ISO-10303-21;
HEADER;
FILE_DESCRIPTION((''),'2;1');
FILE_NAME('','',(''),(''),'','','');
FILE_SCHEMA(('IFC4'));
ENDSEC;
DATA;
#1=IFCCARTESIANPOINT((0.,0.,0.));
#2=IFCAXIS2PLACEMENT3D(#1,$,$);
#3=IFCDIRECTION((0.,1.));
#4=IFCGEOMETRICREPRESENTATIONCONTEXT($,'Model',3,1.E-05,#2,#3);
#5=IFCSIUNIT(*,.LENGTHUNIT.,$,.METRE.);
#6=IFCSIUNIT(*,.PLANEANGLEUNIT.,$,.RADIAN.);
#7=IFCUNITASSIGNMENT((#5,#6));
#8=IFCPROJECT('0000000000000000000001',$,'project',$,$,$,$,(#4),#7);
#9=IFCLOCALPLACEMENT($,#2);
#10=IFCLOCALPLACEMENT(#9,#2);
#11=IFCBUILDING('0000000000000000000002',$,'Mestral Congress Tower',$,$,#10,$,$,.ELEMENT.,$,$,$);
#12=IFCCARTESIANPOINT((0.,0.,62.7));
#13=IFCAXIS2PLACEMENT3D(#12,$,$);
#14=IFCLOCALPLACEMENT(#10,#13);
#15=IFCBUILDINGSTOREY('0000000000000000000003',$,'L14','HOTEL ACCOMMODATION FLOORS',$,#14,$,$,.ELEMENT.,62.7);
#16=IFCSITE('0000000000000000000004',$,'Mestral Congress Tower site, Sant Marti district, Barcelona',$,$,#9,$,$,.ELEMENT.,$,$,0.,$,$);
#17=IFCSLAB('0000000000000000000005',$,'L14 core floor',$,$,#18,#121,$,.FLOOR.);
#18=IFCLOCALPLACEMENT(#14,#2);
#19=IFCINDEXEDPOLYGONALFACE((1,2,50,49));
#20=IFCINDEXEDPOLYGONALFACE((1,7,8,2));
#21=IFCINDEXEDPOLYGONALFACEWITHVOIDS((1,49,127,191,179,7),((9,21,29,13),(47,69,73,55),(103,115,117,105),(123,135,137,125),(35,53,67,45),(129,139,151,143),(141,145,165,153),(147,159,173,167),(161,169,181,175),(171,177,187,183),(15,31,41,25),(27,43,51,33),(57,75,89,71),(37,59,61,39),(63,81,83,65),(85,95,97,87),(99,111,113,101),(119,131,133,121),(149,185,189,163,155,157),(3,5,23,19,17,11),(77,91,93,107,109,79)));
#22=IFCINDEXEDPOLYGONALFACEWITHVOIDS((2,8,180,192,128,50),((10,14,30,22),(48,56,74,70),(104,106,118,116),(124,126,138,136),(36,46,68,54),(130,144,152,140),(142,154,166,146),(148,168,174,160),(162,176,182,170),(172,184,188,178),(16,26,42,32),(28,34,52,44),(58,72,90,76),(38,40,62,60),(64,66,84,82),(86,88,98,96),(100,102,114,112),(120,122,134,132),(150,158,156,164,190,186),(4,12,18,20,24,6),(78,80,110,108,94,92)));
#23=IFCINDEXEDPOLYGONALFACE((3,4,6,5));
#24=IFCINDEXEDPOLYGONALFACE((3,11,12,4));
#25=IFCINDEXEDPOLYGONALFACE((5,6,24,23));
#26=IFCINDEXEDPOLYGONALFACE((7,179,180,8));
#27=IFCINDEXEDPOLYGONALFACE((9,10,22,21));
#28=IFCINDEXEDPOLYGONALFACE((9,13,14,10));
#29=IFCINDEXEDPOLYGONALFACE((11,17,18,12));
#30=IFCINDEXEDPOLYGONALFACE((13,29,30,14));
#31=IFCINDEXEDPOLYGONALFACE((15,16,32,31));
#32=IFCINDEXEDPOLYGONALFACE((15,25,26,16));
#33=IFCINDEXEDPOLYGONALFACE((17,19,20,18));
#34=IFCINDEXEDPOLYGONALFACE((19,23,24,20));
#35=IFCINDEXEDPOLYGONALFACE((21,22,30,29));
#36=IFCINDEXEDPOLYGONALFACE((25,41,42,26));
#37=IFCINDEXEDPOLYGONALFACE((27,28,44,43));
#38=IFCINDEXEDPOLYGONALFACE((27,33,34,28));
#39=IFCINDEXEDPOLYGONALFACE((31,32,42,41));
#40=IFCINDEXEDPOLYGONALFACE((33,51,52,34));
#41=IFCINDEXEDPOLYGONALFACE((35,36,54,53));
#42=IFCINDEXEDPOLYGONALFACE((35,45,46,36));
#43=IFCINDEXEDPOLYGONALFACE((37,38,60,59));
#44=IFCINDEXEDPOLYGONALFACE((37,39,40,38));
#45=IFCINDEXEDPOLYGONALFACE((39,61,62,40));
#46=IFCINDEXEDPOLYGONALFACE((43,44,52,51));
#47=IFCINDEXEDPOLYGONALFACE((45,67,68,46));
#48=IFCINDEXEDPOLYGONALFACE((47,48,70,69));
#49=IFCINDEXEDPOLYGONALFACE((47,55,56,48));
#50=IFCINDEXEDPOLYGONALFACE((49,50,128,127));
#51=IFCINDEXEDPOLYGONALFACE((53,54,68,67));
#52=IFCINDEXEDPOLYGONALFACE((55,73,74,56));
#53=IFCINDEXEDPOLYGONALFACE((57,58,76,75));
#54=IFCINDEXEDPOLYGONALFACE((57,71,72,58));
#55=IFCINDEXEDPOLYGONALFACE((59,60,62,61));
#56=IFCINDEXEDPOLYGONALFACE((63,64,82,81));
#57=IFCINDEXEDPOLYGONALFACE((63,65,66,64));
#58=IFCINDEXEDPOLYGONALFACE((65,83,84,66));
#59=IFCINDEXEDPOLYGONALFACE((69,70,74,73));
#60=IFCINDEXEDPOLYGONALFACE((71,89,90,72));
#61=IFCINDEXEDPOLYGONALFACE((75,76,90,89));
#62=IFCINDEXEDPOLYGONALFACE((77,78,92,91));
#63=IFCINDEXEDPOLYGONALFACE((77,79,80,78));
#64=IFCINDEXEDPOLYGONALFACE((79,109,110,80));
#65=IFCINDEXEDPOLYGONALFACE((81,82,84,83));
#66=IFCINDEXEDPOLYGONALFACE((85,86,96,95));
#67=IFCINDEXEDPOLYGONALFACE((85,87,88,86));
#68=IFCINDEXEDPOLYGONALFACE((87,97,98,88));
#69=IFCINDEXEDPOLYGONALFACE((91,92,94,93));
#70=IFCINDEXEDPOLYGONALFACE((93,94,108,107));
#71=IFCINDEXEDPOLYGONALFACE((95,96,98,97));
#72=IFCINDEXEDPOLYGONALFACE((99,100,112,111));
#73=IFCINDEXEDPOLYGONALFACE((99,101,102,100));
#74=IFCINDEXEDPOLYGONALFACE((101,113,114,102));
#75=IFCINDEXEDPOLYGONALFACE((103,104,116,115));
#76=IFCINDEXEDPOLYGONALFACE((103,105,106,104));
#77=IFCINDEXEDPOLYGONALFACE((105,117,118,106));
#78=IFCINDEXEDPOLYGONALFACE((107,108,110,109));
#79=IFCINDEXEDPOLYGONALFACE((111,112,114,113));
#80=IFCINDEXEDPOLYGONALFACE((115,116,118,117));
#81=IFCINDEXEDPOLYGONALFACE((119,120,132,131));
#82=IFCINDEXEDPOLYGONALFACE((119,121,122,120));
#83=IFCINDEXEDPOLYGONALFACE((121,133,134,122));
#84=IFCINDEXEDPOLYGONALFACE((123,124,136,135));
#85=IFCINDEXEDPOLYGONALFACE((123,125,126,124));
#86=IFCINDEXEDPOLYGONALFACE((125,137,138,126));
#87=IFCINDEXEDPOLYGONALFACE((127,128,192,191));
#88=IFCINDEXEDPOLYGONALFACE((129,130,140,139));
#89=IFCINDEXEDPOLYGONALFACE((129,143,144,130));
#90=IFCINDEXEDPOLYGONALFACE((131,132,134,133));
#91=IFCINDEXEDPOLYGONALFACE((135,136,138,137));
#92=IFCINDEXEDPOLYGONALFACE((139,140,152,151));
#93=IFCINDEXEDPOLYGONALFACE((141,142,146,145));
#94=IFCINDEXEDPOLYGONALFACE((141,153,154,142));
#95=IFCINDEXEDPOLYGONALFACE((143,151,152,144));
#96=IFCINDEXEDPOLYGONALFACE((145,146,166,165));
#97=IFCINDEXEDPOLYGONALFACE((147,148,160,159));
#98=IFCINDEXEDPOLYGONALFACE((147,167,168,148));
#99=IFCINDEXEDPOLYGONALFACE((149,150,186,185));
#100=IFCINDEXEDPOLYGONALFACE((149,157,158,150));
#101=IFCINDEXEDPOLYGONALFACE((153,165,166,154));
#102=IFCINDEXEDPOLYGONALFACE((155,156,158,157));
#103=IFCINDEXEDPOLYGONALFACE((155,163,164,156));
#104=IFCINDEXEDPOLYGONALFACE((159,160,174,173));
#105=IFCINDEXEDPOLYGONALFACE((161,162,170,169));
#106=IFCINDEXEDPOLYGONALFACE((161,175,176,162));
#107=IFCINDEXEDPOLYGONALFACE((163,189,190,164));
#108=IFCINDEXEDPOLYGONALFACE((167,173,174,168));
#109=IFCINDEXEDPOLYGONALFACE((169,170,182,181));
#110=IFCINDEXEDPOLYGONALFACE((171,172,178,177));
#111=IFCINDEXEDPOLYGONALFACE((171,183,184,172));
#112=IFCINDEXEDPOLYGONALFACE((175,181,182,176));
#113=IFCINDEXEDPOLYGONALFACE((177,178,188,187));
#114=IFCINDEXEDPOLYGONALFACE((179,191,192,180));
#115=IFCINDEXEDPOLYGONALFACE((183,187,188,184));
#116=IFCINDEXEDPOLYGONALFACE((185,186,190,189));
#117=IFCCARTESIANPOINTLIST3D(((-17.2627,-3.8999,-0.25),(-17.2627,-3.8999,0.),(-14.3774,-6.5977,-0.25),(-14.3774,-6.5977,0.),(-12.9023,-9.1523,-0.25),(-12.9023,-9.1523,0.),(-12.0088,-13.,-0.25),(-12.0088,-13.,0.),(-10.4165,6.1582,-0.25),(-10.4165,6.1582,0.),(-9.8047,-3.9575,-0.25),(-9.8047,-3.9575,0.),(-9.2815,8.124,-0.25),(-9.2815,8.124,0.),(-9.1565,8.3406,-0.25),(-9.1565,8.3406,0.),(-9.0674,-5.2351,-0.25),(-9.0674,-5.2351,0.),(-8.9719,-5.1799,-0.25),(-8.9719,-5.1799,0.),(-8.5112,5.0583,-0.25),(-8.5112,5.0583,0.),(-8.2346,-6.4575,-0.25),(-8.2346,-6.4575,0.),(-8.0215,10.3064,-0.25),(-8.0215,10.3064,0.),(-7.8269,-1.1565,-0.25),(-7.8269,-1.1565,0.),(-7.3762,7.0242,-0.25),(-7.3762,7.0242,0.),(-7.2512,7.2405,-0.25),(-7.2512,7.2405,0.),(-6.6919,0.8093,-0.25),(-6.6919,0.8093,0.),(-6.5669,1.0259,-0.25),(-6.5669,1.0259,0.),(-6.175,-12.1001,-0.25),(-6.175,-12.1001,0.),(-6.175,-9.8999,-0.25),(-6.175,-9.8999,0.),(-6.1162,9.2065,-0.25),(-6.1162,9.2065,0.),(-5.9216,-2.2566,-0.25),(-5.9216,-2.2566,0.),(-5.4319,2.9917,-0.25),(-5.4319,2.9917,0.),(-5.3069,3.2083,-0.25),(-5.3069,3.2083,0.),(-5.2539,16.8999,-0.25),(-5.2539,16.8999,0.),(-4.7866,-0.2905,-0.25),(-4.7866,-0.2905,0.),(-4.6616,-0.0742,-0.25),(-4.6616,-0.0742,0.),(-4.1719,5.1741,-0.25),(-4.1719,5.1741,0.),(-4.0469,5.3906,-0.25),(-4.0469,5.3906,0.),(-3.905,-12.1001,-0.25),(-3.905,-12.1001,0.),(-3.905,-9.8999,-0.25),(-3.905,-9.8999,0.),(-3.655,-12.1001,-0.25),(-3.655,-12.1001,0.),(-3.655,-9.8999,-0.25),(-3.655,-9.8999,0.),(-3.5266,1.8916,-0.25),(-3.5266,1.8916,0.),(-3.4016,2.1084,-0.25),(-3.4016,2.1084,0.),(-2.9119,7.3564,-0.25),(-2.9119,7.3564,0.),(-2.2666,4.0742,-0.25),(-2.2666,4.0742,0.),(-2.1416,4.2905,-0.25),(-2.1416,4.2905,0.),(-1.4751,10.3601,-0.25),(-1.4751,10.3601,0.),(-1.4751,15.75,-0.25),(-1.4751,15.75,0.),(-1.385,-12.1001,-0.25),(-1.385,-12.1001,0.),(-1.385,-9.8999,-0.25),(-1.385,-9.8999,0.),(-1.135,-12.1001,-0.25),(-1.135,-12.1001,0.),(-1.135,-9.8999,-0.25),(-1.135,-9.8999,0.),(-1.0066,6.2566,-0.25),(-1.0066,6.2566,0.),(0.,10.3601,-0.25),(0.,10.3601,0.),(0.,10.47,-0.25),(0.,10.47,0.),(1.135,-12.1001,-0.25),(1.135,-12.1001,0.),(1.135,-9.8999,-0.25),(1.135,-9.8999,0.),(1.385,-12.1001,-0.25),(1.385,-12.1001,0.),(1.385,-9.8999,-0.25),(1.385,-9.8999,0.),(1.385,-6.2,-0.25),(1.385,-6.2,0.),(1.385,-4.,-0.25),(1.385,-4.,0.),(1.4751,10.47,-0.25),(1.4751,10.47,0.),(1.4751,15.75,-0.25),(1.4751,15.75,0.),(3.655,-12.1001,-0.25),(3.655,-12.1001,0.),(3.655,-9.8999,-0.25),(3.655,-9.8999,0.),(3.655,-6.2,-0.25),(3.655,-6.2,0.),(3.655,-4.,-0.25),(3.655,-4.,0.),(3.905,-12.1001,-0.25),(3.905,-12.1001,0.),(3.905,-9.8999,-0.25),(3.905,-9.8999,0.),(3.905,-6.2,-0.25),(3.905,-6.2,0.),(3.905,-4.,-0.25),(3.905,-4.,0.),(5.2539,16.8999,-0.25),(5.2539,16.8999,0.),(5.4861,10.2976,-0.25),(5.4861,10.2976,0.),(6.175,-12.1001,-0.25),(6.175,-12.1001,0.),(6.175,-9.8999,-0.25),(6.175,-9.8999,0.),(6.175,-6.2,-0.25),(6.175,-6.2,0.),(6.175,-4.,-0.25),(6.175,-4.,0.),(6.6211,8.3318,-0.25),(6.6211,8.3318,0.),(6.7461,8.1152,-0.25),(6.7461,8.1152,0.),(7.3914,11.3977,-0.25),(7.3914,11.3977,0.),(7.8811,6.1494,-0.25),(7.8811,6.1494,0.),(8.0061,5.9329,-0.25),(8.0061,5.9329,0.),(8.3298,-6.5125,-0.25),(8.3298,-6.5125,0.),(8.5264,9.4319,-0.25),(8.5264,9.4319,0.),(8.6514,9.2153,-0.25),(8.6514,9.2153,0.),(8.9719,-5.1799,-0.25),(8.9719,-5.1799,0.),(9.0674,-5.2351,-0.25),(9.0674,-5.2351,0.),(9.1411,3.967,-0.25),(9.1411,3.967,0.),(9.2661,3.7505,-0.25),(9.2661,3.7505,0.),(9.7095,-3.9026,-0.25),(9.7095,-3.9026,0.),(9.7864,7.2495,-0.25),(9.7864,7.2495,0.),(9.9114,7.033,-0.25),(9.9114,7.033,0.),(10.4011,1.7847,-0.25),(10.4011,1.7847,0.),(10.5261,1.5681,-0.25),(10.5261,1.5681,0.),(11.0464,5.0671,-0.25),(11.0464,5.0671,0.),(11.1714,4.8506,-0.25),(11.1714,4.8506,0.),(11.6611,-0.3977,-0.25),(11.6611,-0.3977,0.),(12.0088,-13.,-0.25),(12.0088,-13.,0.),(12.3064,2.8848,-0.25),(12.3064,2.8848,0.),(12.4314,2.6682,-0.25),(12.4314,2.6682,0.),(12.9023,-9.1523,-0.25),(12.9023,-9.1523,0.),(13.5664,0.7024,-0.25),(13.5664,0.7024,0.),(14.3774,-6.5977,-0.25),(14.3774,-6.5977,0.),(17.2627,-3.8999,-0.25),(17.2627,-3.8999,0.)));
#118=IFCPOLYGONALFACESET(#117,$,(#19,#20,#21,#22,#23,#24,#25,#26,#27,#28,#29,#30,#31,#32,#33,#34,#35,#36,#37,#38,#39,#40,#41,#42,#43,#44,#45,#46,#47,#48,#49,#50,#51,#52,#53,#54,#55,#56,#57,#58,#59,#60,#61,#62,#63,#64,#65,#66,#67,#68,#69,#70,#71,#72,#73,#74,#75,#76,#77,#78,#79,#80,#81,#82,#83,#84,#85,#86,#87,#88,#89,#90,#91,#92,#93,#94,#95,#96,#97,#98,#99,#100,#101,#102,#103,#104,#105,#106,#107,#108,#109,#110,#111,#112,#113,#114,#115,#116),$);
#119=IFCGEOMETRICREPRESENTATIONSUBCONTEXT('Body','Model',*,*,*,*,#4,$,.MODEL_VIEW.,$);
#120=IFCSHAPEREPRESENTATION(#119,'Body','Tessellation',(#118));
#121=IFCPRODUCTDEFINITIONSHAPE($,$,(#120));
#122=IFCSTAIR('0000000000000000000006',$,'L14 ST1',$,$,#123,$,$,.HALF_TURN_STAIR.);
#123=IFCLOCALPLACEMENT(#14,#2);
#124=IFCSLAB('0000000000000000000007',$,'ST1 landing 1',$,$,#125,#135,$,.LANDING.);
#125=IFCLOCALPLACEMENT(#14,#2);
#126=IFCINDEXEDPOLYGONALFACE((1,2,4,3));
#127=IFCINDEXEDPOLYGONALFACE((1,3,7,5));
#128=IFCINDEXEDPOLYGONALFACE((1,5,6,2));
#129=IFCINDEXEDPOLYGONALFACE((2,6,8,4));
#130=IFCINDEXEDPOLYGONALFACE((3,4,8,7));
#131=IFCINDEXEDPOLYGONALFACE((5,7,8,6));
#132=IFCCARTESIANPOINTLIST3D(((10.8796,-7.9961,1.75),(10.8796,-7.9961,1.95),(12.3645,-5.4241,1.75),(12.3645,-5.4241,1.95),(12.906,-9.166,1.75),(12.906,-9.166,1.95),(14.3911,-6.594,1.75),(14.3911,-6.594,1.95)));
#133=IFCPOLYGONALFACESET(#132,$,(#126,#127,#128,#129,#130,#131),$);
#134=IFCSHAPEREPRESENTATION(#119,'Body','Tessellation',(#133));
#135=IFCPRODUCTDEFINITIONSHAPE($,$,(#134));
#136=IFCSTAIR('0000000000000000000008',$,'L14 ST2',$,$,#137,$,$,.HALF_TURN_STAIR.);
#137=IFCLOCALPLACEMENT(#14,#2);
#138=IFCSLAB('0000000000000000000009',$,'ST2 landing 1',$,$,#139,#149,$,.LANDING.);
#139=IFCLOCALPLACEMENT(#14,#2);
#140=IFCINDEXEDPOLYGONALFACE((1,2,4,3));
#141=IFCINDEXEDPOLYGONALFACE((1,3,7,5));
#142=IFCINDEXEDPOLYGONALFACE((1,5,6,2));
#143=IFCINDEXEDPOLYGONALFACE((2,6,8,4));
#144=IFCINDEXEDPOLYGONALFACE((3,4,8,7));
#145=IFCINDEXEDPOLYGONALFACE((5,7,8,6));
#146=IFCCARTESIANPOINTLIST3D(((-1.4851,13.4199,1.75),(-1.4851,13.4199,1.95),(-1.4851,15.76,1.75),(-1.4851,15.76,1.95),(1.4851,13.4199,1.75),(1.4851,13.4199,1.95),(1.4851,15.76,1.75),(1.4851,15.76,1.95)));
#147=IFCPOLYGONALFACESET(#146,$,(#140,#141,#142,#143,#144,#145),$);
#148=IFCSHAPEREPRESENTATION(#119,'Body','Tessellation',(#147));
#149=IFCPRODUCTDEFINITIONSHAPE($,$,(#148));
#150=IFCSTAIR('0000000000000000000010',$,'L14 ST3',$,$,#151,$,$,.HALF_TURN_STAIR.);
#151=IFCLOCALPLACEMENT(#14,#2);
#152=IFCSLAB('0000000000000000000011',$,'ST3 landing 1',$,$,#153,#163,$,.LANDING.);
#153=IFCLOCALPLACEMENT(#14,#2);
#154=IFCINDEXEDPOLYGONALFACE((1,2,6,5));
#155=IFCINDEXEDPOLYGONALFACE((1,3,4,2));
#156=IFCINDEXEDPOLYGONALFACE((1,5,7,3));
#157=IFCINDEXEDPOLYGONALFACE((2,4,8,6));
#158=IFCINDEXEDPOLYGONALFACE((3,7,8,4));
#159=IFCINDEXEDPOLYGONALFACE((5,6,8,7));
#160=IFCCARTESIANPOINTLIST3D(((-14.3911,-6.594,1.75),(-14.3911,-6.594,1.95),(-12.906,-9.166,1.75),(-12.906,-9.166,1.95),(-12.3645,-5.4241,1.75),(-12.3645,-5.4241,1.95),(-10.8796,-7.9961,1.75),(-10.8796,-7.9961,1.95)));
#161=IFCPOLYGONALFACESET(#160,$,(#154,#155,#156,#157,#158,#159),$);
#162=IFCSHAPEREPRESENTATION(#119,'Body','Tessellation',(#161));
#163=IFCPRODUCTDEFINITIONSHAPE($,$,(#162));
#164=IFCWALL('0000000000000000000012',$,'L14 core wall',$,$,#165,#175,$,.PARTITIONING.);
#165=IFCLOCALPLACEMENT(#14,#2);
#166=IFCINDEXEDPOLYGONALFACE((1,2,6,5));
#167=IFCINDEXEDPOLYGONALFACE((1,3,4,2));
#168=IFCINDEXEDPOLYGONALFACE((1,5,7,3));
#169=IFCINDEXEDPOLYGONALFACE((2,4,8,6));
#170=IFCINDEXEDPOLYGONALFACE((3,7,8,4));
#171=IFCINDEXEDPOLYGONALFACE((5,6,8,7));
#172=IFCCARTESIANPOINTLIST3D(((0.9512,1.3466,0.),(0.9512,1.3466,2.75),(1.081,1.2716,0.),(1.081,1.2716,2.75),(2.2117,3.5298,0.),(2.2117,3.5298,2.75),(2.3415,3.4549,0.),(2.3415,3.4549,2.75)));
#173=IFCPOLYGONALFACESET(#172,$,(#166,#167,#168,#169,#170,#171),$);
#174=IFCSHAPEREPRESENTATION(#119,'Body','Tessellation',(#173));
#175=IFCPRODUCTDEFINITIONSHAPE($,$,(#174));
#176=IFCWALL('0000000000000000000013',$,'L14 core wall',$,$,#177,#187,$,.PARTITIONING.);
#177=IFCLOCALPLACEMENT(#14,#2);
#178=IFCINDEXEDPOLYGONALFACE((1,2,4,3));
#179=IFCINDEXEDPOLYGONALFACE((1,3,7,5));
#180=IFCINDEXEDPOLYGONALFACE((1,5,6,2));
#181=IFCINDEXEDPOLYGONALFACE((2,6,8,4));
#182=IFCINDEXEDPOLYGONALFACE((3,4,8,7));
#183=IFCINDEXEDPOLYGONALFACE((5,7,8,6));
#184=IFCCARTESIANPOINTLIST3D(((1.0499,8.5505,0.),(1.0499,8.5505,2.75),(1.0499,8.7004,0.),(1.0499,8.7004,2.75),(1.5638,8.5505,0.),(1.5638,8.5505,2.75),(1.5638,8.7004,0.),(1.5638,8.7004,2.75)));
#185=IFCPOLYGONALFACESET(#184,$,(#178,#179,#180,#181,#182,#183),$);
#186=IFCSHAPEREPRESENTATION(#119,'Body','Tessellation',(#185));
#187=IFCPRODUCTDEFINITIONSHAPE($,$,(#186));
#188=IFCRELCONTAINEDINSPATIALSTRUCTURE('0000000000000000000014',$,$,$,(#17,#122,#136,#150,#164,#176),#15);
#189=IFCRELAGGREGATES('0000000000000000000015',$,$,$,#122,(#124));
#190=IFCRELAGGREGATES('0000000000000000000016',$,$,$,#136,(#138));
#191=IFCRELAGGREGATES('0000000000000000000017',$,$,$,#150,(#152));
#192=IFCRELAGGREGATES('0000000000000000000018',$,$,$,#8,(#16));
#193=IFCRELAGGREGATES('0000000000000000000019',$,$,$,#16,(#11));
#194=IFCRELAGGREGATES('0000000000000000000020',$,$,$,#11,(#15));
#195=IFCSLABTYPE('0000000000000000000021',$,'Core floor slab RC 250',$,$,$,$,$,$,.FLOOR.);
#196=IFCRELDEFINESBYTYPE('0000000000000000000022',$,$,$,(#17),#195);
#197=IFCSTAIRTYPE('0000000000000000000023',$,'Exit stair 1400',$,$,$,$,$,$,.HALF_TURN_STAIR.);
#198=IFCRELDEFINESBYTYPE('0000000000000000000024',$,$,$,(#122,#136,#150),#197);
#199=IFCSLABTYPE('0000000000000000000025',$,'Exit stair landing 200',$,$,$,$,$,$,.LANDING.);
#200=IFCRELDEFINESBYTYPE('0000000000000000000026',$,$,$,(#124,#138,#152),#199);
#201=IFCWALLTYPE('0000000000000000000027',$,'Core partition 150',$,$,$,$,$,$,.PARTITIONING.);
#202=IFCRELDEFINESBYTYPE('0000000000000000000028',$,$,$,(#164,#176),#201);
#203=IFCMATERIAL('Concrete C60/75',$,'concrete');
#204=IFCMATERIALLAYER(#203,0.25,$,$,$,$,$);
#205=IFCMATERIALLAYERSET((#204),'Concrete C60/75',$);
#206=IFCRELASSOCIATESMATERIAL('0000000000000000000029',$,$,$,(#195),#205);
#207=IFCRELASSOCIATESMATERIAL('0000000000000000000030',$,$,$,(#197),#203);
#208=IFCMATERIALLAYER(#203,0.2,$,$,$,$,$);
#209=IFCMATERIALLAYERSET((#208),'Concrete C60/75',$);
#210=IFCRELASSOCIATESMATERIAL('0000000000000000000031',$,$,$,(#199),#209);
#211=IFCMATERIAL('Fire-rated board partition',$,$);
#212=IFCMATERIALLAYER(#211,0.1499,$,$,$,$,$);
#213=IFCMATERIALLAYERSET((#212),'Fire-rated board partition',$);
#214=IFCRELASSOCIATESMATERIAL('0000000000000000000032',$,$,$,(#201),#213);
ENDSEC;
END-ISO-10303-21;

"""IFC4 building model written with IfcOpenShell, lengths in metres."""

from ifc_helpers import new_model, si_unit, direction, frame, frame_2d, origin, place, context, subcontext, project, spatial, polyline, rectangle, outline, extrude, material, layer, layer_set, type_object, element, aggregate, save


model = new_model("IFC4")

# Units and contexts
model_context = context("Model", 3, precision=1e-05, world=origin(), true_north=direction((0.0, 1.0)))
body_context = subcontext(model_context, "Body", "Model", "MODEL_VIEW")
ifc_project = project(units=[si_unit("LENGTHUNIT", "METRE"), si_unit("PLANEANGLEUNIT", "RADIAN")], contexts=[model_context])

# Site, building, storey
site_placement = place(None, origin())
site = spatial("IfcSite", under=ifc_project, at=site_placement, Name="Mestral Congress Tower site, Sant Marti district, Barcelona", CompositionType="ELEMENT", RefElevation=0.0)
building_placement = place(site_placement, origin())
building = spatial("IfcBuilding", under=site, at=building_placement, Name="Mestral Congress Tower", CompositionType="ELEMENT")
storey_placement = place(building_placement, frame((0.0, 0.0, 62.7)))
storey = spatial("IfcBuildingStorey", under=building, at=storey_placement, Name="L14", Description="HOTEL ACCOMMODATION FLOORS", CompositionType="ELEMENT", Elevation=62.7)

# Slab
ifc_material_1 = material(Name="Concrete C60/75", Category="concrete")
ifc_layer_1 = layer(ifc_material_1, 0.25)
ifc_layer_set_1 = layer_set([ifc_layer_1], Name="Concrete C60/75")
slab_type_1 = type_object("IfcSlabType", Name="Core floor slab RC 250", PredefinedType="FLOOR", material=ifc_layer_set_1)
slab_1_placement = place(storey_placement, frame((0.0, 0.0, -0.25)))
element("IfcSlab", 1, at=slab_1_placement, inside=storey, type_object=slab_type_1, Name="L14 core floor", PredefinedType="FLOOR", context=body_context, shape_type="SweptSolid", body=[
    extrude(outline(polyline([(12.0088, -13.0), (-12.0088, -13.0), (-17.2627, -3.8999), (-5.2539, 16.8999), (5.2539, 16.8999), (17.2627, -3.8999), (12.0088, -13.0)]), holes=[polyline([(-3.905, -9.8999), (-6.175, -9.8999), (-6.175, -12.1001), (-3.905, -12.1001), (-3.905, -9.8999)]), polyline([(-1.385, -9.8999), (-3.655, -9.8999), (-3.655, -12.1001), (-1.385, -12.1001), (-1.385, -9.8999)]), polyline([(1.135, -9.8999), (-1.135, -9.8999), (-1.135, -12.1001), (1.135, -12.1001), (1.135, -9.8999)]), polyline([(-9.0674, -5.2351), (-9.8047, -3.9575), (-14.3774, -6.5977), (-12.9023, -9.1523), (-8.2346, -6.4575), (-8.9719, -5.1799), (-9.0674, -5.2351)]), polyline([(-7.8269, -1.1565), (-5.9216, -2.2566), (-4.7866, -0.2905), (-6.6919, 0.8093), (-7.8269, -1.1565)]), polyline([(-4.6616, -0.0742), (-3.5266, 1.8916), (-5.4319, 2.9917), (-6.5669, 1.0259), (-4.6616, -0.0742)]), polyline([(-3.4016, 2.1084), (-2.2666, 4.0742), (-4.1719, 5.1741), (-5.3069, 3.2083), (-3.4016, 2.1084)]), polyline([(-2.1416, 4.2905), (-1.0066, 6.2566), (-2.9119, 7.3564), (-4.0469, 5.3906), (-2.1416, 4.2905)]), polyline([(-10.4165, 6.1582), (-8.5112, 5.0583), (-7.3762, 7.0242), (-9.2815, 8.124), (-10.4165, 6.1582)]), polyline([(-9.1565, 8.3406), (-7.2512, 7.2405), (-6.1162, 9.2065), (-8.0215, 10.3064), (-9.1565, 8.3406)]), polyline([(1.4751, 10.47), (1.4751, 15.75), (-1.4751, 15.75), (-1.4751, 10.3601), (0.0, 10.3601), (0.0, 10.47), (1.4751, 10.47)]), polyline([(3.655, -9.8999), (1.385, -9.8999), (1.385, -12.1001), (3.655, -12.1001), (3.655, -9.8999)]), polyline([(6.175, -9.8999), (3.905, -9.8999), (3.905, -12.1001), (6.175, -12.1001), (6.175, -9.8999)]), polyline([(9.0674, -5.2351), (8.3298, -6.5125), (12.9023, -9.1523), (14.3774, -6.5977), (9.7095, -3.9026), (8.9719, -5.1799), (9.0674, -5.2351)]), polyline([(3.655, -6.2), (3.655, -4.0), (1.385, -4.0), (1.385, -6.2), (3.655, -6.2)]), polyline([(6.175, -4.0), (3.905, -4.0), (3.905, -6.2), (6.175, -6.2), (6.175, -4.0)]), polyline([(12.4314, 2.6682), (10.5261, 1.5681), (11.6611, -0.3977), (13.5664, 0.7024), (12.4314, 2.6682)]), polyline([(11.1714, 4.8506), (9.2661, 3.7505), (10.4011, 1.7847), (12.3064, 2.8848), (11.1714, 4.8506)]), polyline([(8.0061, 5.9329), (9.1411, 3.967), (11.0464, 5.0671), (9.9114, 7.033), (8.0061, 5.9329)]), polyline([(8.6514, 9.2153), (6.7461, 8.1152), (7.8811, 6.1494), (9.7864, 7.2495), (8.6514, 9.2153)]), polyline([(7.3914, 11.3977), (5.4861, 10.2976), (6.6211, 8.3318), (8.5264, 9.4319), (7.3914, 11.3977)])]), origin(), (0.0, 0.0, 1.0), 0.25),
])

# Stairs, slabs
stair_type = type_object("IfcStairType", Name="Exit stair 1400", PredefinedType="HALF_TURN_STAIR", material=ifc_material_1)
placement_1 = place(storey_placement, origin())
stair_1 = element("IfcStair", 2, at=placement_1, inside=storey, type_object=stair_type, Name="L14 ST1", PredefinedType="HALF_TURN_STAIR")
ifc_layer_2 = layer(ifc_material_1, 0.2)
ifc_layer_set_2 = layer_set([ifc_layer_2], Name="Concrete C60/75")
slab_type_2 = type_object("IfcSlabType", Name="Exit stair landing 200", PredefinedType="LANDING", material=ifc_layer_set_2)
placement_2 = place(storey_placement, frame((0.0, 0.0, 1.75)))
slab_2 = element("IfcSlab", 3, at=placement_2, type_object=slab_type_2, Name="ST1 landing 1", PredefinedType="LANDING", context=body_context, shape_type="SweptSolid", body=[
    extrude(outline(polyline([(10.8796, -7.9961), (12.3645, -5.4241), (14.3911, -6.594), (12.906, -9.166), (10.8796, -7.9961)])), origin(), (0.0, 0.0, 1.0), 0.2),
])
aggregate(stair_1, [slab_2])
stair_2 = element("IfcStair", 4, at=placement_1, inside=storey, type_object=stair_type, Name="L14 ST2", PredefinedType="HALF_TURN_STAIR")
slab_3 = element("IfcSlab", 5, at=placement_2, type_object=slab_type_2, Name="ST2 landing 1", PredefinedType="LANDING", context=body_context, shape_type="SweptSolid", body=[
    extrude(outline(polyline([(1.4851, 13.4199), (-1.4851, 13.4199), (-1.4851, 15.76), (1.4851, 15.76), (1.4851, 13.4199)])), origin(), (0.0, 0.0, 1.0), 0.2),
])
aggregate(stair_2, [slab_3])
stair_3 = element("IfcStair", 6, at=placement_1, inside=storey, type_object=stair_type, Name="L14 ST3", PredefinedType="HALF_TURN_STAIR")
slab_4 = element("IfcSlab", 7, at=placement_2, type_object=slab_type_2, Name="ST3 landing 1", PredefinedType="LANDING", context=body_context, shape_type="SweptSolid", body=[
    extrude(outline(polyline([(-12.3645, -5.4241), (-10.8796, -7.9961), (-12.906, -9.166), (-14.3911, -6.594), (-12.3645, -5.4241)])), origin(), (0.0, 0.0, 1.0), 0.2),
])
aggregate(stair_3, [slab_4])

# Walls
ifc_material_2 = material(Name="Fire-rated board partition")
ifc_layer_3 = layer(ifc_material_2, 0.1499)
ifc_layer_set_3 = layer_set([ifc_layer_3], Name="Fire-rated board partition")
wall_type_1 = type_object("IfcWallType", Name="Core partition 150", PredefinedType="PARTITIONING", material=ifc_layer_set_3)
wall_1_placement = place(storey_placement, frame((1.0161, 1.3091, 0.0), z_axis=(0.0, 0.0, 1.0), x_axis=(0.499982, 0.866036, 0.0)))
element("IfcWall", 8, at=wall_1_placement, inside=storey, type_object=wall_type_1, Name="L14 core wall", PredefinedType="PARTITIONING", context=body_context, shape_type="SweptSolid", body=[
    extrude(rectangle(XDim=2.521, YDim=0.1499, at=frame_2d((1.2605, 0.0))), origin(), (0.0, 0.0, 1.0), 2.75),
])
wall_2_placement = place(storey_placement, frame((1.05, 8.6255, 0.0), z_axis=(0.0, 0.0, 1.0), x_axis=(1.0, 0.0, 0.0)))
element("IfcWall", 9, at=wall_2_placement, inside=storey, type_object=wall_type_1, Name="L14 core wall", PredefinedType="PARTITIONING", context=body_context, shape_type="SweptSolid", body=[
    extrude(rectangle(XDim=0.5139, YDim=0.1499, at=frame_2d((0.2568, 0.0))), origin(), (0.0, 0.0, 1.0), 2.75),
])

save(model, "model.ifc")
